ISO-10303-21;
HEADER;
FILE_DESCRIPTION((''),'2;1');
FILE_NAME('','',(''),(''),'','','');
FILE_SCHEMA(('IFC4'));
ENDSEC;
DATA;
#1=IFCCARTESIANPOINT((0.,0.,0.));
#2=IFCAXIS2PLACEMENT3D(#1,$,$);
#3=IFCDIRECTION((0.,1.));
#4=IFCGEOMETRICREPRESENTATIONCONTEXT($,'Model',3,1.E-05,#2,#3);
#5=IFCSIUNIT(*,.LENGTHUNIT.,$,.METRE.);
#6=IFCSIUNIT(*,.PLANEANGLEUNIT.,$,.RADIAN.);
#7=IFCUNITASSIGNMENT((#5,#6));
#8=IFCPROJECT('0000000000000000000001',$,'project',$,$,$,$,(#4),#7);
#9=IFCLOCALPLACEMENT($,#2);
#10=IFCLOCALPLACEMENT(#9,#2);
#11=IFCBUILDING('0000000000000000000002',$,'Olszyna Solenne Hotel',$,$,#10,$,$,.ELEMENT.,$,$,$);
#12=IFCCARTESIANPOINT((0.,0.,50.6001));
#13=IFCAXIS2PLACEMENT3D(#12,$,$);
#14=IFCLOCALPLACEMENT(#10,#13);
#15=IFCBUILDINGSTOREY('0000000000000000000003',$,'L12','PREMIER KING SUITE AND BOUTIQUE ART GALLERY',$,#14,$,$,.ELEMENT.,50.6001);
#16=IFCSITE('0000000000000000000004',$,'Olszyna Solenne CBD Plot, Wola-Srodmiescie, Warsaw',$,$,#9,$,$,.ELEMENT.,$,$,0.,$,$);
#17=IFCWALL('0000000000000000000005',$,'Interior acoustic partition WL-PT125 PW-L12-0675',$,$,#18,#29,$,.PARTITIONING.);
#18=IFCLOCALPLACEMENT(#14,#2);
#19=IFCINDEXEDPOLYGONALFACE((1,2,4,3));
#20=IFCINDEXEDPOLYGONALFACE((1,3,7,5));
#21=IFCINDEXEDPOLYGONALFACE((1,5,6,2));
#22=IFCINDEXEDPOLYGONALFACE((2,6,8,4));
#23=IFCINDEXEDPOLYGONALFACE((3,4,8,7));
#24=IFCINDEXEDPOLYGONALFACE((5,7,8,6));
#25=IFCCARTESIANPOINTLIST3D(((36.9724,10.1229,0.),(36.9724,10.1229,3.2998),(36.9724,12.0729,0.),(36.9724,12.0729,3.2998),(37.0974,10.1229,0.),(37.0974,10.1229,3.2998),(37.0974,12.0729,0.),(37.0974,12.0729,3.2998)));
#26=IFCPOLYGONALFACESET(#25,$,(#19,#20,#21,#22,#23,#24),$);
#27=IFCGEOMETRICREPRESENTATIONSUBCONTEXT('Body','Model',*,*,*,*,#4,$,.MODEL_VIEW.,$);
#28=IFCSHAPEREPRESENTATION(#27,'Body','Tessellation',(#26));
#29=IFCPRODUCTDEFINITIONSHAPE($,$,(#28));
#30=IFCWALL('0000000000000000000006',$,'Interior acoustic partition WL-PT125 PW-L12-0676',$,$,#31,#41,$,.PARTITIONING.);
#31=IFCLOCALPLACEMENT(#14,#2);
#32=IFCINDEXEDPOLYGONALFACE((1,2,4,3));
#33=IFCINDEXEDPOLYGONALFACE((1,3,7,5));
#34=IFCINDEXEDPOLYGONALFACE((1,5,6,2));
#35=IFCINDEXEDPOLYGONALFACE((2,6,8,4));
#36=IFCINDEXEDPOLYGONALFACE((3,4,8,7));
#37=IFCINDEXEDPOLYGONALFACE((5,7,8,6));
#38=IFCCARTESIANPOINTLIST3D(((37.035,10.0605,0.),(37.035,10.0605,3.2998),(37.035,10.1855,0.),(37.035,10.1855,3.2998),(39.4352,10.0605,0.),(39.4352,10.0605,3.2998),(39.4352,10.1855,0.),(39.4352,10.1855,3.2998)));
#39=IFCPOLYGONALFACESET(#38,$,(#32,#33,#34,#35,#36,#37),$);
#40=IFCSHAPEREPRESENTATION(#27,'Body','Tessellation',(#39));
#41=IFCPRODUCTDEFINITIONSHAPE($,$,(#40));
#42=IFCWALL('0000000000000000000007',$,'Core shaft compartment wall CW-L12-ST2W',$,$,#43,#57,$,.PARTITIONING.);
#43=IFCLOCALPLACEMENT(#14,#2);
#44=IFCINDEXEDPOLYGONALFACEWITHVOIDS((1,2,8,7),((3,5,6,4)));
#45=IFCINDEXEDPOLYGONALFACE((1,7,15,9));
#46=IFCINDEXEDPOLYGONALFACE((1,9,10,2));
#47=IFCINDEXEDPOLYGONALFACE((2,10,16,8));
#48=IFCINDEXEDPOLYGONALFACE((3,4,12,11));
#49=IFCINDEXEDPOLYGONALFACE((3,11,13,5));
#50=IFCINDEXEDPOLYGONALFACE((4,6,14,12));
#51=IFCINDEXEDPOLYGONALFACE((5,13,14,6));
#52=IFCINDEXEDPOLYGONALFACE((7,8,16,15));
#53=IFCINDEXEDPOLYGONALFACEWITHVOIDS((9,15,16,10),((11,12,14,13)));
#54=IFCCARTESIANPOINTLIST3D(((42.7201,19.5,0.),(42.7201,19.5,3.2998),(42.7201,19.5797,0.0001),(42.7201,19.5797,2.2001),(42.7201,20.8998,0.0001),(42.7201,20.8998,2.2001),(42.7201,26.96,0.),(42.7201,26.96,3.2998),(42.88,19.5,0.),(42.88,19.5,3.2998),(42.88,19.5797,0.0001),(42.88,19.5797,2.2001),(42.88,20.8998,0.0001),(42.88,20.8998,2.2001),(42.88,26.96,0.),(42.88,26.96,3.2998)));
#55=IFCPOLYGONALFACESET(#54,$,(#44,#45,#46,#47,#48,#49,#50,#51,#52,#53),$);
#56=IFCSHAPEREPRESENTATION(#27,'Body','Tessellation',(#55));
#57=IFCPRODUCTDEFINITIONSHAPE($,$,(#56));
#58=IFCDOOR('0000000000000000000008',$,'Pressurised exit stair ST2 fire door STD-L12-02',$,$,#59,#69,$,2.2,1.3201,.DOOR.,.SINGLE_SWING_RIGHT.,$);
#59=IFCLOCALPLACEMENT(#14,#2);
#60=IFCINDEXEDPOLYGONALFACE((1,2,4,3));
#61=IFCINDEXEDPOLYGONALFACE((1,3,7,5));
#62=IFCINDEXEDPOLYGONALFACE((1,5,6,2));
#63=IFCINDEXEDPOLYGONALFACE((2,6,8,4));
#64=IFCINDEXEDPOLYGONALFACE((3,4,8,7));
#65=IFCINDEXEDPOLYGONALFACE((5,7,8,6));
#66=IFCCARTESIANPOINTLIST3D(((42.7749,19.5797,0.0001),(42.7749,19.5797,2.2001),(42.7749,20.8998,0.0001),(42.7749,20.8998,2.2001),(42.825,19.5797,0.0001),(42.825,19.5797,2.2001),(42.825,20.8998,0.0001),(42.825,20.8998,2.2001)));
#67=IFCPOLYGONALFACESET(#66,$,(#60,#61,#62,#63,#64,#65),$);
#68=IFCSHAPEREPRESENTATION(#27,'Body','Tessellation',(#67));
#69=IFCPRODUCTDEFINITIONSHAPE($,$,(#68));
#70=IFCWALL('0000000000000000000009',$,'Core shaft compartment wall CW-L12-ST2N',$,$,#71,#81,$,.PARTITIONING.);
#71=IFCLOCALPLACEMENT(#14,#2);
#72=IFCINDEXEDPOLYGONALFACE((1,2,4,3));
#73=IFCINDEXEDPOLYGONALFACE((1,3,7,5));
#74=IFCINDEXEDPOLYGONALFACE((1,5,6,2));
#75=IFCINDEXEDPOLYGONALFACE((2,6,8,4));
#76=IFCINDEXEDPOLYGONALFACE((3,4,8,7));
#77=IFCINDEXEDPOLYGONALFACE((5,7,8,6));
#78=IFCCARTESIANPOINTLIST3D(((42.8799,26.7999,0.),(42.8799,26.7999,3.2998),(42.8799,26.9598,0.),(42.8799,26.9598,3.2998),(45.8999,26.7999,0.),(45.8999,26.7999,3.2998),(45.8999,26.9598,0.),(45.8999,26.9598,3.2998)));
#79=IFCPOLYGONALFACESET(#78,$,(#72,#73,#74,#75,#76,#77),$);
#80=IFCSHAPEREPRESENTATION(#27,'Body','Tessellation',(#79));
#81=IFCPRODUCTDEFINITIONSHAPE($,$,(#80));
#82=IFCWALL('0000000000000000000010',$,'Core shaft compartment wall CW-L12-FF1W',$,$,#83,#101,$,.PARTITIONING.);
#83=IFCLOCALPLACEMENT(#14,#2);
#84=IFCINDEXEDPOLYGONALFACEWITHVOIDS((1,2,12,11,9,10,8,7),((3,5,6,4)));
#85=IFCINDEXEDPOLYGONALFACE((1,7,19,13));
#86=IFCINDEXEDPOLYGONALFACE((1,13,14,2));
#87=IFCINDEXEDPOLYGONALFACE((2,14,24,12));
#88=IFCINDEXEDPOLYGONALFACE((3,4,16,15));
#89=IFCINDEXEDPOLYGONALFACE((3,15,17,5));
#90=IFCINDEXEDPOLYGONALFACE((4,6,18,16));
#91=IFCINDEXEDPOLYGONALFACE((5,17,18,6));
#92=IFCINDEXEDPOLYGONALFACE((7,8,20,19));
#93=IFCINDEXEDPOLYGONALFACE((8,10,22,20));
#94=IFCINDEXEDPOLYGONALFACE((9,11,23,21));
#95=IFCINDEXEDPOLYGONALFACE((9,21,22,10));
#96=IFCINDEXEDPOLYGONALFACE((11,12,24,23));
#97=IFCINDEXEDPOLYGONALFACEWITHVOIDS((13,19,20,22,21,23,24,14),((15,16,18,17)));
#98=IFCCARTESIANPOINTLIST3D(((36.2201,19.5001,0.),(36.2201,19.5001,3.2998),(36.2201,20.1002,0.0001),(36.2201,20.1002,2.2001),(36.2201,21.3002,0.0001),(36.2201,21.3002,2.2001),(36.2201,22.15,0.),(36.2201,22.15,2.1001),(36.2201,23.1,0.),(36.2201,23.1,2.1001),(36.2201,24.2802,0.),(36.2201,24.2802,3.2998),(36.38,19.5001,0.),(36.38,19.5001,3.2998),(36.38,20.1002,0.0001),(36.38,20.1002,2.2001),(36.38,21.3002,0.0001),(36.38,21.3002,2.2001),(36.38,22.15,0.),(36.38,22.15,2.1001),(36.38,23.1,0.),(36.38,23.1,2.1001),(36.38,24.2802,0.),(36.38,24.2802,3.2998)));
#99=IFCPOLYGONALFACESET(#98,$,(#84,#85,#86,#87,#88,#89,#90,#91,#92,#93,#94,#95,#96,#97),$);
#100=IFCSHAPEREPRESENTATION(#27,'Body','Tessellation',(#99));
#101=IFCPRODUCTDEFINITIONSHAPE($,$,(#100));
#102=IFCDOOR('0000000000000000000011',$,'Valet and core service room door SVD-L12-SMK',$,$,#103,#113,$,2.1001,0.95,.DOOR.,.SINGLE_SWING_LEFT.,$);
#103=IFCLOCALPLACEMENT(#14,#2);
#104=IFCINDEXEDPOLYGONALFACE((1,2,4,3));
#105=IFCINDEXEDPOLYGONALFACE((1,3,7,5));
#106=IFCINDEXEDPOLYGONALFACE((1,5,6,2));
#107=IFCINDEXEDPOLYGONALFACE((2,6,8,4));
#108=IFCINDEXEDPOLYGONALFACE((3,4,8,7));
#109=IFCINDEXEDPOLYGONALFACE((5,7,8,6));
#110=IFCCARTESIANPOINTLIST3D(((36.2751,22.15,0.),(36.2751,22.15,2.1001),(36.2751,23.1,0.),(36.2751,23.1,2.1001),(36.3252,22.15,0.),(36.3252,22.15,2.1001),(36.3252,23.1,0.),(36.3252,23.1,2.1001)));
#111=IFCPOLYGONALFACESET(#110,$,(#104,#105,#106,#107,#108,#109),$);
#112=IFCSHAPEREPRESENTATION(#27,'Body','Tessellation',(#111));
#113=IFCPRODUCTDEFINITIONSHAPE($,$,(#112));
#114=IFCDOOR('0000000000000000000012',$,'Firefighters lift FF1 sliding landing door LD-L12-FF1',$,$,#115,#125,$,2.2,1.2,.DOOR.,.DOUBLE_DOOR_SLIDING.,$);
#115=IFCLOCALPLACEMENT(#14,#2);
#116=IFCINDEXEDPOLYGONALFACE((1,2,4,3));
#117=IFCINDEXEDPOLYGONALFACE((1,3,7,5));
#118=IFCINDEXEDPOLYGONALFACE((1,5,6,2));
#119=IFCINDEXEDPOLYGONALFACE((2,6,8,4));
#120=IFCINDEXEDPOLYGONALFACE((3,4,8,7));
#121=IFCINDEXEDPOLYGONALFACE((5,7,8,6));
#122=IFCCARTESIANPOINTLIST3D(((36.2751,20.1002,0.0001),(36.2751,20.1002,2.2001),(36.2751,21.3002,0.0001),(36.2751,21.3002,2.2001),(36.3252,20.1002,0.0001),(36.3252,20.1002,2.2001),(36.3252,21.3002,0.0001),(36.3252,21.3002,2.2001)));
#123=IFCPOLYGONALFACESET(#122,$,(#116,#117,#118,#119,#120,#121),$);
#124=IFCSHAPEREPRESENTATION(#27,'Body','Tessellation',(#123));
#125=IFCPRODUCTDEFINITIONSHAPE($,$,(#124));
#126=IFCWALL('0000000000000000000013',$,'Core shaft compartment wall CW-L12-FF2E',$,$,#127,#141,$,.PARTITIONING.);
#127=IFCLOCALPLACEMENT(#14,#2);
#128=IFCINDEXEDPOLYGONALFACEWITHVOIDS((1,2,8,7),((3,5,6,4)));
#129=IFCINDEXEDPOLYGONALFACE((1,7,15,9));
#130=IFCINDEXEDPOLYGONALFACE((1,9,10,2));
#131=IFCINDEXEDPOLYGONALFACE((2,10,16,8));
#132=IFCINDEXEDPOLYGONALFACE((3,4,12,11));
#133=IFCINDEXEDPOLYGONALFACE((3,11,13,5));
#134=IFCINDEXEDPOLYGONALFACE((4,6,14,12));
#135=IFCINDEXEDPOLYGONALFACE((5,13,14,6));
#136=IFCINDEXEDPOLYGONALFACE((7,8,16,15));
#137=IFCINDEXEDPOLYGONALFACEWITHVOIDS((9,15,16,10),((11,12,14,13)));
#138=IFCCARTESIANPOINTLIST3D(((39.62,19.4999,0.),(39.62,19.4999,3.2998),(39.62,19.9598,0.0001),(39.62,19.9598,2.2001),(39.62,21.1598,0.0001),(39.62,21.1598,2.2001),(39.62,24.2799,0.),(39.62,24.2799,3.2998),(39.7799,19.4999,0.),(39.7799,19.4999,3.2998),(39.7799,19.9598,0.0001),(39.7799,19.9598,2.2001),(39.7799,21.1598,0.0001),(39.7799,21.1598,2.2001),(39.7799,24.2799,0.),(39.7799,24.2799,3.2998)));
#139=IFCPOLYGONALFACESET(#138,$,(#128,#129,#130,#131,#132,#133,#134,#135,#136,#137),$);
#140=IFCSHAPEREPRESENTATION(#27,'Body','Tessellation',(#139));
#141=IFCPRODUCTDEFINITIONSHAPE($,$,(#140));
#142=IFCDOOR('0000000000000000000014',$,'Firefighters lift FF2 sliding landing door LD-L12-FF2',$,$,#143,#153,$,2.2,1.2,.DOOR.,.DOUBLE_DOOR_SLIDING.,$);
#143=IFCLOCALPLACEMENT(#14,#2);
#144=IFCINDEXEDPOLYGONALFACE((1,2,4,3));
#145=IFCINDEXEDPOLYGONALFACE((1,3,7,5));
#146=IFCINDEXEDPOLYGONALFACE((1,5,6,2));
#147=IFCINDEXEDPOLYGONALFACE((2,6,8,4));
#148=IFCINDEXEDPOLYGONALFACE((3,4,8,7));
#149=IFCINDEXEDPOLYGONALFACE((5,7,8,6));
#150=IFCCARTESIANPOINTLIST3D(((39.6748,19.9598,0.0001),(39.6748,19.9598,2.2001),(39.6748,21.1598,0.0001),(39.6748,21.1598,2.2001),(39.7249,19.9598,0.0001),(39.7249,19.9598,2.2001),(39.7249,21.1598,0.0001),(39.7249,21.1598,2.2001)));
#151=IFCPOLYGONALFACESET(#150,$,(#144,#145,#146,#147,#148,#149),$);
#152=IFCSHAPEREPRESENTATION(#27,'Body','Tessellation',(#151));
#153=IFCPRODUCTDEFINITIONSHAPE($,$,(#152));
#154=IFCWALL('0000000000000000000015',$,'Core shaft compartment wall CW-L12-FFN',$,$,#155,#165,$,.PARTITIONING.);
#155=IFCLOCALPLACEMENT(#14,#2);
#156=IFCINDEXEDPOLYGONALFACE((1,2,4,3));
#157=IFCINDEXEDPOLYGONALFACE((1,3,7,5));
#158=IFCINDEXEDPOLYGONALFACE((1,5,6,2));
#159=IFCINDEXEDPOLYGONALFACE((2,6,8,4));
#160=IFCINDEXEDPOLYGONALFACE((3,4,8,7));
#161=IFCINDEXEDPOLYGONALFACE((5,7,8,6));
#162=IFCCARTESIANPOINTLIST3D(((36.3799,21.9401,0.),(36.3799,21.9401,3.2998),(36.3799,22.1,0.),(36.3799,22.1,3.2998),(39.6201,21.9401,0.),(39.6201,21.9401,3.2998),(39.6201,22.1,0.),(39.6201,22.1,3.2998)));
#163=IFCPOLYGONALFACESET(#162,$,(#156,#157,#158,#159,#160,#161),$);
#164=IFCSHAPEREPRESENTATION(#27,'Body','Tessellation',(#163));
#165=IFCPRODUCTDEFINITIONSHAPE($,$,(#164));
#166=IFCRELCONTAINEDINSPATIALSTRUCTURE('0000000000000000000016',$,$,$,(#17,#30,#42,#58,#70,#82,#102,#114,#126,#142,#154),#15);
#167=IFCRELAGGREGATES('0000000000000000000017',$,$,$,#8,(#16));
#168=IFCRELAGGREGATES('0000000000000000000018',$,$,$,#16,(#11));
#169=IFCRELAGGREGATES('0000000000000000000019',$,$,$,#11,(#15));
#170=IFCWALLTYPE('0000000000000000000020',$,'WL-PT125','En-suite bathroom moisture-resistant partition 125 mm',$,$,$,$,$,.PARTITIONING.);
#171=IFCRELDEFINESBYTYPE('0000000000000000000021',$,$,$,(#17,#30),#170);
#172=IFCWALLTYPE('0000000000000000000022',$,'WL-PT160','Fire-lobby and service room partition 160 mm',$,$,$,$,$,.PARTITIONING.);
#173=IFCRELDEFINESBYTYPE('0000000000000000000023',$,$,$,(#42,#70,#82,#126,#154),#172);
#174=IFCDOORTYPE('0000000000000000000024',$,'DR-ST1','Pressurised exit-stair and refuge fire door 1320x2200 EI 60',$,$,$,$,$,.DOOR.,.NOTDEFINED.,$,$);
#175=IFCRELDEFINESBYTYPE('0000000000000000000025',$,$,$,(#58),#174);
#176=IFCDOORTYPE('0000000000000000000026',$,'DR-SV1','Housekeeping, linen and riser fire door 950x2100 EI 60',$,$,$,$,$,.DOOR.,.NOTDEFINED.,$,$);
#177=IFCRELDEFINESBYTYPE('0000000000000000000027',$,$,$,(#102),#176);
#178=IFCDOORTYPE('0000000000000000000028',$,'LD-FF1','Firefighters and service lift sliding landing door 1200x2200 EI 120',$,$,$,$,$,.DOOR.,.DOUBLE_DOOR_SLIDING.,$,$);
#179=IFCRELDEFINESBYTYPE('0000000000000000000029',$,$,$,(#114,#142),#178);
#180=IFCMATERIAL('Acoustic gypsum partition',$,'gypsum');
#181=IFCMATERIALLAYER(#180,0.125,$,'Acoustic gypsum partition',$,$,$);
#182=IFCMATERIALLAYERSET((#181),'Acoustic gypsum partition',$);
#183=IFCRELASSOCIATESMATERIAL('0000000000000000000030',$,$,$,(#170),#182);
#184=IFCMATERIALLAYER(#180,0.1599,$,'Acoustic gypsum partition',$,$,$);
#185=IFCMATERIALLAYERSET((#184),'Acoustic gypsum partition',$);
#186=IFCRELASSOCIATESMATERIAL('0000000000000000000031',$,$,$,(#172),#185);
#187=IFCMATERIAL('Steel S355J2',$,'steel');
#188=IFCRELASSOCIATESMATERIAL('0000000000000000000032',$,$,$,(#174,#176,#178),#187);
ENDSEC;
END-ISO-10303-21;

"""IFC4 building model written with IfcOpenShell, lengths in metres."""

from ifc_helpers import new_model, si_unit, direction, frame, frame_2d, origin, place, context, subcontext, project, spatial, rectangle, extrude, source, transform, mapped, material, layer, layer_set, type_object, type_shapes, element, fill, save


model = new_model("IFC4")

# Units and contexts
model_context = context("Model", 3, precision=1e-05, world=origin(), true_north=direction((0.0, 1.0)))
body_context = subcontext(model_context, "Body", "Model", "MODEL_VIEW")
ifc_project = project(units=[si_unit("LENGTHUNIT", "METRE"), si_unit("PLANEANGLEUNIT", "RADIAN")], contexts=[model_context])

# Site, building, storey
site_placement = place(None, origin())
site = spatial("IfcSite", under=ifc_project, at=site_placement, Name="Olszyna Solenne CBD Plot, Wola-Srodmiescie, Warsaw", CompositionType="ELEMENT", RefElevation=0.0)
building_placement = place(site_placement, origin())
building = spatial("IfcBuilding", under=site, at=building_placement, Name="Olszyna Solenne Hotel", CompositionType="ELEMENT")
storey_placement = place(building_placement, frame((0.0, 0.0, 50.6001)))
storey = spatial("IfcBuildingStorey", under=building, at=storey_placement, Name="L12", Description="PREMIER KING SUITE AND BOUTIQUE ART GALLERY", CompositionType="ELEMENT", Elevation=50.6001)

# Shared definitions
ifc_material_1 = material(Name="Steel S355J2", Category="steel")

# Shared definitions
ifc_material_2 = material(Name="Acoustic gypsum partition", Category="gypsum")
ifc_layer_1 = layer(ifc_material_2, 0.125, Name="Acoustic gypsum partition")
ifc_layer_set_1 = layer_set([ifc_layer_1], Name="Acoustic gypsum partition")
wall_type_1 = type_object("IfcWallType", Name="WL-PT125", Description="En-suite bathroom moisture-resistant partition 125 mm", PredefinedType="PARTITIONING", material=ifc_layer_set_1)

# Walls
wall_1_placement = place(storey_placement, frame((37.0349, 12.073, 0.0), z_axis=(0.0, 0.0, 1.0), x_axis=(0.0, -1.0, 0.0)))
element("IfcWall", 1, at=wall_1_placement, inside=storey, type_object=wall_type_1, Name="Interior acoustic partition WL-PT125 PW-L12-0675", PredefinedType="PARTITIONING", context=body_context, shape_type="SweptSolid", body=[
    extrude(rectangle(XDim=1.95, YDim=0.125, at=frame_2d((0.9751, 0.0))), origin(), (0.0, 0.0, 1.0), 3.2998),
])
wall_2_placement = place(storey_placement, frame((37.0349, 10.123, 0.0), z_axis=(0.0, 0.0, 1.0), x_axis=(1.0, 0.0, 0.0)))
element("IfcWall", 2, at=wall_2_placement, inside=storey, type_object=wall_type_1, Name="Interior acoustic partition WL-PT125 PW-L12-0676", PredefinedType="PARTITIONING", context=body_context, shape_type="SweptSolid", body=[
    extrude(rectangle(XDim=2.4001, YDim=0.125, at=frame_2d((1.2002, 0.0))), origin(), (0.0, 0.0, 1.0), 3.2998),
])

# Wall, opening, door
ifc_layer_2 = layer(ifc_material_2, 0.1599, Name="Acoustic gypsum partition")
ifc_layer_set_2 = layer_set([ifc_layer_2], Name="Acoustic gypsum partition")
wall_type_2 = type_object("IfcWallType", Name="WL-PT160", Description="Fire-lobby and service room partition 160 mm", PredefinedType="PARTITIONING", material=ifc_layer_set_2)
wall_3_placement = place(storey_placement, frame((42.8, 26.96, 0.0), z_axis=(0.0, 0.0, 1.0), x_axis=(0.0, -1.0, 0.0)))
wall_3 = element("IfcWall", 3, at=wall_3_placement, inside=storey, type_object=wall_type_2, Name="Core shaft compartment wall CW-L12-ST2W", PredefinedType="PARTITIONING", context=body_context, shape_type="SweptSolid", body=[
    extrude(rectangle(XDim=7.46, YDim=0.1599, at=frame_2d((3.73, 0.0))), origin(), (0.0, 0.0, 1.0), 3.2998),
])
opening_1_placement = place(wall_3_placement, frame((6.0601, 0.0, 0.0)))
opening_1 = element("IfcOpeningElement", 4, at=opening_1_placement, cuts=wall_3, PredefinedType="OPENING", context=body_context, shape_type="SweptSolid", body=[
    extrude(rectangle(XDim=1.3201, YDim=2.2, at=frame_2d((0.6602, 1.1001))), frame((0.0, 0.0898, 0.0), z_axis=(0.0, -1.0, 0.0), x_axis=(1.0, 0.0, 0.0)), (0.0, 0.0, 1.0), 0.1799),
])
door_type_1 = type_object("IfcDoorType", Name="DR-ST1", Description="Pressurised exit-stair and refuge fire door 1320x2200 EI 60", OperationType="NOTDEFINED", PredefinedType="DOOR", material=ifc_material_1)
shared_shape_1 = source(origin(), body_context, "Body", "SweptSolid", [
    extrude(rectangle(XDim=1.3201, YDim=2.2, at=frame_2d((0.6602, 1.1001))), frame((0.0, 0.0249, 0.0), z_axis=(0.0, -1.0, 0.0), x_axis=(1.0, 0.0, 0.0)), (0.0, 0.0, 1.0), 0.05),
])
type_shapes(door_type_1, [shared_shape_1])
door_1_placement = place(opening_1_placement, origin())
door_1 = element("IfcDoor", 5, at=door_1_placement, inside=storey, type_object=door_type_1, Name="Pressurised exit stair ST2 fire door STD-L12-02", OperationType="SINGLE_SWING_RIGHT", OverallHeight=2.2, OverallWidth=1.3201, PredefinedType="DOOR", context=body_context, shape_type="MappedRepresentation", body=[
    mapped(shared_shape_1, transform((0.0, 0.0, 0.0), x_axis=(1.0, 0.0, 0.0), y_axis=(0.0, 1.0, 0.0), z_axis=(0.0, 0.0, 1.0), scale=1.0)),
])
fill(opening_1, door_1)

# Wall
wall_4_placement = place(storey_placement, frame((42.8799, 26.8799, 0.0), z_axis=(0.0, 0.0, 1.0), x_axis=(1.0, 0.0, 0.0)))
element("IfcWall", 6, at=wall_4_placement, inside=storey, type_object=wall_type_2, Name="Core shaft compartment wall CW-L12-ST2N", PredefinedType="PARTITIONING", context=body_context, shape_type="SweptSolid", body=[
    extrude(rectangle(XDim=3.02, YDim=0.1599, at=frame_2d((1.51, 0.0))), origin(), (0.0, 0.0, 1.0), 3.2998),
])

# Wall, openings, doors
wall_5_placement = place(storey_placement, frame((36.3, 19.5, 0.0), z_axis=(0.0, 0.0, 1.0), x_axis=(0.0, 1.0, 0.0)))
wall_5 = element("IfcWall", 7, at=wall_5_placement, inside=storey, type_object=wall_type_2, Name="Core shaft compartment wall CW-L12-FF1W", PredefinedType="PARTITIONING", context=body_context, shape_type="SweptSolid", body=[
    extrude(rectangle(XDim=4.78, YDim=0.1599, at=frame_2d((2.3901, 0.0))), origin(), (0.0, 0.0, 1.0), 3.2998),
])
opening_2_placement = place(wall_5_placement, frame((0.6001, 0.0, 0.0)))
opening_2 = element("IfcOpeningElement", 8, at=opening_2_placement, cuts=wall_5, PredefinedType="OPENING", context=body_context, shape_type="SweptSolid", body=[
    extrude(rectangle(XDim=1.2, YDim=2.2, at=frame_2d((0.6001, 1.1001))), frame((0.0, 0.0898, 0.0), z_axis=(0.0, -1.0, 0.0), x_axis=(1.0, 0.0, 0.0)), (0.0, 0.0, 1.0), 0.1799),
])
opening_3_placement = place(wall_5_placement, frame((2.6499, 0.0, 0.0)))
opening_3 = element("IfcOpeningElement", 9, at=opening_3_placement, cuts=wall_5, PredefinedType="OPENING", context=body_context, shape_type="SweptSolid", body=[
    extrude(rectangle(XDim=0.95, YDim=2.1001, at=frame_2d((0.4751, 1.05))), frame((0.0, 0.0898, 0.0), z_axis=(0.0, -1.0, 0.0), x_axis=(1.0, 0.0, 0.0)), (0.0, 0.0, 1.0), 0.1799),
])
door_type_2 = type_object("IfcDoorType", Name="DR-SV1", Description="Housekeeping, linen and riser fire door 950x2100 EI 60", OperationType="NOTDEFINED", PredefinedType="DOOR", material=ifc_material_1)
shared_shape_2 = source(origin(), body_context, "Body", "SweptSolid", [
    extrude(rectangle(XDim=0.95, YDim=2.1001, at=frame_2d((0.4751, 1.05))), frame((0.0, 0.0249, 0.0), z_axis=(0.0, -1.0, 0.0), x_axis=(1.0, 0.0, 0.0)), (0.0, 0.0, 1.0), 0.05),
])
type_shapes(door_type_2, [shared_shape_2])
door_2_placement = place(opening_3_placement, origin())
door_2 = element("IfcDoor", 10, at=door_2_placement, inside=storey, type_object=door_type_2, Name="Valet and core service room door SVD-L12-SMK", OperationType="SINGLE_SWING_LEFT", OverallHeight=2.1001, OverallWidth=0.95, PredefinedType="DOOR", context=body_context, shape_type="MappedRepresentation", body=[
    mapped(shared_shape_2, transform((0.0, 0.0, 0.0), x_axis=(1.0, 0.0, 0.0), y_axis=(0.0, 1.0, 0.0), z_axis=(0.0, 0.0, 1.0), scale=1.0)),
])
fill(opening_3, door_2)
door_type_3 = type_object("IfcDoorType", Name="LD-FF1", Description="Firefighters and service lift sliding landing door 1200x2200 EI 120", OperationType="DOUBLE_DOOR_SLIDING", PredefinedType="DOOR", material=ifc_material_1)
shared_shape_3 = source(origin(), body_context, "Body", "SweptSolid", [
    extrude(rectangle(XDim=1.2, YDim=2.2, at=frame_2d((0.6001, 1.1001))), frame((0.0, 0.0249, 0.0), z_axis=(0.0, -1.0, 0.0), x_axis=(1.0, 0.0, 0.0)), (0.0, 0.0, 1.0), 0.05),
])
type_shapes(door_type_3, [shared_shape_3])
door_3_placement = place(opening_2_placement, origin())
door_3 = element("IfcDoor", 11, at=door_3_placement, inside=storey, type_object=door_type_3, Name="Firefighters lift FF1 sliding landing door LD-L12-FF1", OperationType="DOUBLE_DOOR_SLIDING", OverallHeight=2.2, OverallWidth=1.2, PredefinedType="DOOR", context=body_context, shape_type="MappedRepresentation", body=[
    mapped(shared_shape_3, transform((0.0, 0.0, 0.0), x_axis=(1.0, 0.0, 0.0), y_axis=(0.0, 1.0, 0.0), z_axis=(0.0, 0.0, 1.0), scale=1.0)),
])
fill(opening_2, door_3)

# Wall, opening, door
wall_6_placement = place(storey_placement, frame((39.7, 24.28, 0.0), z_axis=(0.0, 0.0, 1.0), x_axis=(0.0, -1.0, 0.0)))
wall_6 = element("IfcWall", 12, at=wall_6_placement, inside=storey, type_object=wall_type_2, Name="Core shaft compartment wall CW-L12-FF2E", PredefinedType="PARTITIONING", context=body_context, shape_type="SweptSolid", body=[
    extrude(rectangle(XDim=4.78, YDim=0.1599, at=frame_2d((2.3901, 0.0))), origin(), (0.0, 0.0, 1.0), 3.2998),
])
opening_4_placement = place(wall_6_placement, frame((3.1201, 0.0, 0.0)))
opening_4 = element("IfcOpeningElement", 13, at=opening_4_placement, cuts=wall_6, PredefinedType="OPENING", context=body_context, shape_type="SweptSolid", body=[
    extrude(rectangle(XDim=1.2, YDim=2.2, at=frame_2d((0.6001, 1.1001))), frame((0.0, 0.0898, 0.0), z_axis=(0.0, -1.0, 0.0), x_axis=(1.0, 0.0, 0.0)), (0.0, 0.0, 1.0), 0.1799),
])
door_4_placement = place(opening_4_placement, origin())
door_4 = element("IfcDoor", 14, at=door_4_placement, inside=storey, type_object=door_type_3, Name="Firefighters lift FF2 sliding landing door LD-L12-FF2", OperationType="DOUBLE_DOOR_SLIDING", OverallHeight=2.2, OverallWidth=1.2, PredefinedType="DOOR", context=body_context, shape_type="MappedRepresentation", body=[
    mapped(shared_shape_3, transform((0.0, 0.0, 0.0), x_axis=(1.0, 0.0, 0.0), y_axis=(0.0, 1.0, 0.0), z_axis=(0.0, 0.0, 1.0), scale=1.0)),
])
fill(opening_4, door_4)

# Wall
wall_7_placement = place(storey_placement, frame((36.3799, 22.02, 0.0), z_axis=(0.0, 0.0, 1.0), x_axis=(1.0, 0.0, 0.0)))
element("IfcWall", 15, at=wall_7_placement, inside=storey, type_object=wall_type_2, Name="Core shaft compartment wall CW-L12-FFN", PredefinedType="PARTITIONING", context=body_context, shape_type="SweptSolid", body=[
    extrude(rectangle(XDim=3.2402, YDim=0.1599, at=frame_2d((1.6201, 0.0))), origin(), (0.0, 0.0, 1.0), 3.2998),
])

save(model, "model.ifc")
